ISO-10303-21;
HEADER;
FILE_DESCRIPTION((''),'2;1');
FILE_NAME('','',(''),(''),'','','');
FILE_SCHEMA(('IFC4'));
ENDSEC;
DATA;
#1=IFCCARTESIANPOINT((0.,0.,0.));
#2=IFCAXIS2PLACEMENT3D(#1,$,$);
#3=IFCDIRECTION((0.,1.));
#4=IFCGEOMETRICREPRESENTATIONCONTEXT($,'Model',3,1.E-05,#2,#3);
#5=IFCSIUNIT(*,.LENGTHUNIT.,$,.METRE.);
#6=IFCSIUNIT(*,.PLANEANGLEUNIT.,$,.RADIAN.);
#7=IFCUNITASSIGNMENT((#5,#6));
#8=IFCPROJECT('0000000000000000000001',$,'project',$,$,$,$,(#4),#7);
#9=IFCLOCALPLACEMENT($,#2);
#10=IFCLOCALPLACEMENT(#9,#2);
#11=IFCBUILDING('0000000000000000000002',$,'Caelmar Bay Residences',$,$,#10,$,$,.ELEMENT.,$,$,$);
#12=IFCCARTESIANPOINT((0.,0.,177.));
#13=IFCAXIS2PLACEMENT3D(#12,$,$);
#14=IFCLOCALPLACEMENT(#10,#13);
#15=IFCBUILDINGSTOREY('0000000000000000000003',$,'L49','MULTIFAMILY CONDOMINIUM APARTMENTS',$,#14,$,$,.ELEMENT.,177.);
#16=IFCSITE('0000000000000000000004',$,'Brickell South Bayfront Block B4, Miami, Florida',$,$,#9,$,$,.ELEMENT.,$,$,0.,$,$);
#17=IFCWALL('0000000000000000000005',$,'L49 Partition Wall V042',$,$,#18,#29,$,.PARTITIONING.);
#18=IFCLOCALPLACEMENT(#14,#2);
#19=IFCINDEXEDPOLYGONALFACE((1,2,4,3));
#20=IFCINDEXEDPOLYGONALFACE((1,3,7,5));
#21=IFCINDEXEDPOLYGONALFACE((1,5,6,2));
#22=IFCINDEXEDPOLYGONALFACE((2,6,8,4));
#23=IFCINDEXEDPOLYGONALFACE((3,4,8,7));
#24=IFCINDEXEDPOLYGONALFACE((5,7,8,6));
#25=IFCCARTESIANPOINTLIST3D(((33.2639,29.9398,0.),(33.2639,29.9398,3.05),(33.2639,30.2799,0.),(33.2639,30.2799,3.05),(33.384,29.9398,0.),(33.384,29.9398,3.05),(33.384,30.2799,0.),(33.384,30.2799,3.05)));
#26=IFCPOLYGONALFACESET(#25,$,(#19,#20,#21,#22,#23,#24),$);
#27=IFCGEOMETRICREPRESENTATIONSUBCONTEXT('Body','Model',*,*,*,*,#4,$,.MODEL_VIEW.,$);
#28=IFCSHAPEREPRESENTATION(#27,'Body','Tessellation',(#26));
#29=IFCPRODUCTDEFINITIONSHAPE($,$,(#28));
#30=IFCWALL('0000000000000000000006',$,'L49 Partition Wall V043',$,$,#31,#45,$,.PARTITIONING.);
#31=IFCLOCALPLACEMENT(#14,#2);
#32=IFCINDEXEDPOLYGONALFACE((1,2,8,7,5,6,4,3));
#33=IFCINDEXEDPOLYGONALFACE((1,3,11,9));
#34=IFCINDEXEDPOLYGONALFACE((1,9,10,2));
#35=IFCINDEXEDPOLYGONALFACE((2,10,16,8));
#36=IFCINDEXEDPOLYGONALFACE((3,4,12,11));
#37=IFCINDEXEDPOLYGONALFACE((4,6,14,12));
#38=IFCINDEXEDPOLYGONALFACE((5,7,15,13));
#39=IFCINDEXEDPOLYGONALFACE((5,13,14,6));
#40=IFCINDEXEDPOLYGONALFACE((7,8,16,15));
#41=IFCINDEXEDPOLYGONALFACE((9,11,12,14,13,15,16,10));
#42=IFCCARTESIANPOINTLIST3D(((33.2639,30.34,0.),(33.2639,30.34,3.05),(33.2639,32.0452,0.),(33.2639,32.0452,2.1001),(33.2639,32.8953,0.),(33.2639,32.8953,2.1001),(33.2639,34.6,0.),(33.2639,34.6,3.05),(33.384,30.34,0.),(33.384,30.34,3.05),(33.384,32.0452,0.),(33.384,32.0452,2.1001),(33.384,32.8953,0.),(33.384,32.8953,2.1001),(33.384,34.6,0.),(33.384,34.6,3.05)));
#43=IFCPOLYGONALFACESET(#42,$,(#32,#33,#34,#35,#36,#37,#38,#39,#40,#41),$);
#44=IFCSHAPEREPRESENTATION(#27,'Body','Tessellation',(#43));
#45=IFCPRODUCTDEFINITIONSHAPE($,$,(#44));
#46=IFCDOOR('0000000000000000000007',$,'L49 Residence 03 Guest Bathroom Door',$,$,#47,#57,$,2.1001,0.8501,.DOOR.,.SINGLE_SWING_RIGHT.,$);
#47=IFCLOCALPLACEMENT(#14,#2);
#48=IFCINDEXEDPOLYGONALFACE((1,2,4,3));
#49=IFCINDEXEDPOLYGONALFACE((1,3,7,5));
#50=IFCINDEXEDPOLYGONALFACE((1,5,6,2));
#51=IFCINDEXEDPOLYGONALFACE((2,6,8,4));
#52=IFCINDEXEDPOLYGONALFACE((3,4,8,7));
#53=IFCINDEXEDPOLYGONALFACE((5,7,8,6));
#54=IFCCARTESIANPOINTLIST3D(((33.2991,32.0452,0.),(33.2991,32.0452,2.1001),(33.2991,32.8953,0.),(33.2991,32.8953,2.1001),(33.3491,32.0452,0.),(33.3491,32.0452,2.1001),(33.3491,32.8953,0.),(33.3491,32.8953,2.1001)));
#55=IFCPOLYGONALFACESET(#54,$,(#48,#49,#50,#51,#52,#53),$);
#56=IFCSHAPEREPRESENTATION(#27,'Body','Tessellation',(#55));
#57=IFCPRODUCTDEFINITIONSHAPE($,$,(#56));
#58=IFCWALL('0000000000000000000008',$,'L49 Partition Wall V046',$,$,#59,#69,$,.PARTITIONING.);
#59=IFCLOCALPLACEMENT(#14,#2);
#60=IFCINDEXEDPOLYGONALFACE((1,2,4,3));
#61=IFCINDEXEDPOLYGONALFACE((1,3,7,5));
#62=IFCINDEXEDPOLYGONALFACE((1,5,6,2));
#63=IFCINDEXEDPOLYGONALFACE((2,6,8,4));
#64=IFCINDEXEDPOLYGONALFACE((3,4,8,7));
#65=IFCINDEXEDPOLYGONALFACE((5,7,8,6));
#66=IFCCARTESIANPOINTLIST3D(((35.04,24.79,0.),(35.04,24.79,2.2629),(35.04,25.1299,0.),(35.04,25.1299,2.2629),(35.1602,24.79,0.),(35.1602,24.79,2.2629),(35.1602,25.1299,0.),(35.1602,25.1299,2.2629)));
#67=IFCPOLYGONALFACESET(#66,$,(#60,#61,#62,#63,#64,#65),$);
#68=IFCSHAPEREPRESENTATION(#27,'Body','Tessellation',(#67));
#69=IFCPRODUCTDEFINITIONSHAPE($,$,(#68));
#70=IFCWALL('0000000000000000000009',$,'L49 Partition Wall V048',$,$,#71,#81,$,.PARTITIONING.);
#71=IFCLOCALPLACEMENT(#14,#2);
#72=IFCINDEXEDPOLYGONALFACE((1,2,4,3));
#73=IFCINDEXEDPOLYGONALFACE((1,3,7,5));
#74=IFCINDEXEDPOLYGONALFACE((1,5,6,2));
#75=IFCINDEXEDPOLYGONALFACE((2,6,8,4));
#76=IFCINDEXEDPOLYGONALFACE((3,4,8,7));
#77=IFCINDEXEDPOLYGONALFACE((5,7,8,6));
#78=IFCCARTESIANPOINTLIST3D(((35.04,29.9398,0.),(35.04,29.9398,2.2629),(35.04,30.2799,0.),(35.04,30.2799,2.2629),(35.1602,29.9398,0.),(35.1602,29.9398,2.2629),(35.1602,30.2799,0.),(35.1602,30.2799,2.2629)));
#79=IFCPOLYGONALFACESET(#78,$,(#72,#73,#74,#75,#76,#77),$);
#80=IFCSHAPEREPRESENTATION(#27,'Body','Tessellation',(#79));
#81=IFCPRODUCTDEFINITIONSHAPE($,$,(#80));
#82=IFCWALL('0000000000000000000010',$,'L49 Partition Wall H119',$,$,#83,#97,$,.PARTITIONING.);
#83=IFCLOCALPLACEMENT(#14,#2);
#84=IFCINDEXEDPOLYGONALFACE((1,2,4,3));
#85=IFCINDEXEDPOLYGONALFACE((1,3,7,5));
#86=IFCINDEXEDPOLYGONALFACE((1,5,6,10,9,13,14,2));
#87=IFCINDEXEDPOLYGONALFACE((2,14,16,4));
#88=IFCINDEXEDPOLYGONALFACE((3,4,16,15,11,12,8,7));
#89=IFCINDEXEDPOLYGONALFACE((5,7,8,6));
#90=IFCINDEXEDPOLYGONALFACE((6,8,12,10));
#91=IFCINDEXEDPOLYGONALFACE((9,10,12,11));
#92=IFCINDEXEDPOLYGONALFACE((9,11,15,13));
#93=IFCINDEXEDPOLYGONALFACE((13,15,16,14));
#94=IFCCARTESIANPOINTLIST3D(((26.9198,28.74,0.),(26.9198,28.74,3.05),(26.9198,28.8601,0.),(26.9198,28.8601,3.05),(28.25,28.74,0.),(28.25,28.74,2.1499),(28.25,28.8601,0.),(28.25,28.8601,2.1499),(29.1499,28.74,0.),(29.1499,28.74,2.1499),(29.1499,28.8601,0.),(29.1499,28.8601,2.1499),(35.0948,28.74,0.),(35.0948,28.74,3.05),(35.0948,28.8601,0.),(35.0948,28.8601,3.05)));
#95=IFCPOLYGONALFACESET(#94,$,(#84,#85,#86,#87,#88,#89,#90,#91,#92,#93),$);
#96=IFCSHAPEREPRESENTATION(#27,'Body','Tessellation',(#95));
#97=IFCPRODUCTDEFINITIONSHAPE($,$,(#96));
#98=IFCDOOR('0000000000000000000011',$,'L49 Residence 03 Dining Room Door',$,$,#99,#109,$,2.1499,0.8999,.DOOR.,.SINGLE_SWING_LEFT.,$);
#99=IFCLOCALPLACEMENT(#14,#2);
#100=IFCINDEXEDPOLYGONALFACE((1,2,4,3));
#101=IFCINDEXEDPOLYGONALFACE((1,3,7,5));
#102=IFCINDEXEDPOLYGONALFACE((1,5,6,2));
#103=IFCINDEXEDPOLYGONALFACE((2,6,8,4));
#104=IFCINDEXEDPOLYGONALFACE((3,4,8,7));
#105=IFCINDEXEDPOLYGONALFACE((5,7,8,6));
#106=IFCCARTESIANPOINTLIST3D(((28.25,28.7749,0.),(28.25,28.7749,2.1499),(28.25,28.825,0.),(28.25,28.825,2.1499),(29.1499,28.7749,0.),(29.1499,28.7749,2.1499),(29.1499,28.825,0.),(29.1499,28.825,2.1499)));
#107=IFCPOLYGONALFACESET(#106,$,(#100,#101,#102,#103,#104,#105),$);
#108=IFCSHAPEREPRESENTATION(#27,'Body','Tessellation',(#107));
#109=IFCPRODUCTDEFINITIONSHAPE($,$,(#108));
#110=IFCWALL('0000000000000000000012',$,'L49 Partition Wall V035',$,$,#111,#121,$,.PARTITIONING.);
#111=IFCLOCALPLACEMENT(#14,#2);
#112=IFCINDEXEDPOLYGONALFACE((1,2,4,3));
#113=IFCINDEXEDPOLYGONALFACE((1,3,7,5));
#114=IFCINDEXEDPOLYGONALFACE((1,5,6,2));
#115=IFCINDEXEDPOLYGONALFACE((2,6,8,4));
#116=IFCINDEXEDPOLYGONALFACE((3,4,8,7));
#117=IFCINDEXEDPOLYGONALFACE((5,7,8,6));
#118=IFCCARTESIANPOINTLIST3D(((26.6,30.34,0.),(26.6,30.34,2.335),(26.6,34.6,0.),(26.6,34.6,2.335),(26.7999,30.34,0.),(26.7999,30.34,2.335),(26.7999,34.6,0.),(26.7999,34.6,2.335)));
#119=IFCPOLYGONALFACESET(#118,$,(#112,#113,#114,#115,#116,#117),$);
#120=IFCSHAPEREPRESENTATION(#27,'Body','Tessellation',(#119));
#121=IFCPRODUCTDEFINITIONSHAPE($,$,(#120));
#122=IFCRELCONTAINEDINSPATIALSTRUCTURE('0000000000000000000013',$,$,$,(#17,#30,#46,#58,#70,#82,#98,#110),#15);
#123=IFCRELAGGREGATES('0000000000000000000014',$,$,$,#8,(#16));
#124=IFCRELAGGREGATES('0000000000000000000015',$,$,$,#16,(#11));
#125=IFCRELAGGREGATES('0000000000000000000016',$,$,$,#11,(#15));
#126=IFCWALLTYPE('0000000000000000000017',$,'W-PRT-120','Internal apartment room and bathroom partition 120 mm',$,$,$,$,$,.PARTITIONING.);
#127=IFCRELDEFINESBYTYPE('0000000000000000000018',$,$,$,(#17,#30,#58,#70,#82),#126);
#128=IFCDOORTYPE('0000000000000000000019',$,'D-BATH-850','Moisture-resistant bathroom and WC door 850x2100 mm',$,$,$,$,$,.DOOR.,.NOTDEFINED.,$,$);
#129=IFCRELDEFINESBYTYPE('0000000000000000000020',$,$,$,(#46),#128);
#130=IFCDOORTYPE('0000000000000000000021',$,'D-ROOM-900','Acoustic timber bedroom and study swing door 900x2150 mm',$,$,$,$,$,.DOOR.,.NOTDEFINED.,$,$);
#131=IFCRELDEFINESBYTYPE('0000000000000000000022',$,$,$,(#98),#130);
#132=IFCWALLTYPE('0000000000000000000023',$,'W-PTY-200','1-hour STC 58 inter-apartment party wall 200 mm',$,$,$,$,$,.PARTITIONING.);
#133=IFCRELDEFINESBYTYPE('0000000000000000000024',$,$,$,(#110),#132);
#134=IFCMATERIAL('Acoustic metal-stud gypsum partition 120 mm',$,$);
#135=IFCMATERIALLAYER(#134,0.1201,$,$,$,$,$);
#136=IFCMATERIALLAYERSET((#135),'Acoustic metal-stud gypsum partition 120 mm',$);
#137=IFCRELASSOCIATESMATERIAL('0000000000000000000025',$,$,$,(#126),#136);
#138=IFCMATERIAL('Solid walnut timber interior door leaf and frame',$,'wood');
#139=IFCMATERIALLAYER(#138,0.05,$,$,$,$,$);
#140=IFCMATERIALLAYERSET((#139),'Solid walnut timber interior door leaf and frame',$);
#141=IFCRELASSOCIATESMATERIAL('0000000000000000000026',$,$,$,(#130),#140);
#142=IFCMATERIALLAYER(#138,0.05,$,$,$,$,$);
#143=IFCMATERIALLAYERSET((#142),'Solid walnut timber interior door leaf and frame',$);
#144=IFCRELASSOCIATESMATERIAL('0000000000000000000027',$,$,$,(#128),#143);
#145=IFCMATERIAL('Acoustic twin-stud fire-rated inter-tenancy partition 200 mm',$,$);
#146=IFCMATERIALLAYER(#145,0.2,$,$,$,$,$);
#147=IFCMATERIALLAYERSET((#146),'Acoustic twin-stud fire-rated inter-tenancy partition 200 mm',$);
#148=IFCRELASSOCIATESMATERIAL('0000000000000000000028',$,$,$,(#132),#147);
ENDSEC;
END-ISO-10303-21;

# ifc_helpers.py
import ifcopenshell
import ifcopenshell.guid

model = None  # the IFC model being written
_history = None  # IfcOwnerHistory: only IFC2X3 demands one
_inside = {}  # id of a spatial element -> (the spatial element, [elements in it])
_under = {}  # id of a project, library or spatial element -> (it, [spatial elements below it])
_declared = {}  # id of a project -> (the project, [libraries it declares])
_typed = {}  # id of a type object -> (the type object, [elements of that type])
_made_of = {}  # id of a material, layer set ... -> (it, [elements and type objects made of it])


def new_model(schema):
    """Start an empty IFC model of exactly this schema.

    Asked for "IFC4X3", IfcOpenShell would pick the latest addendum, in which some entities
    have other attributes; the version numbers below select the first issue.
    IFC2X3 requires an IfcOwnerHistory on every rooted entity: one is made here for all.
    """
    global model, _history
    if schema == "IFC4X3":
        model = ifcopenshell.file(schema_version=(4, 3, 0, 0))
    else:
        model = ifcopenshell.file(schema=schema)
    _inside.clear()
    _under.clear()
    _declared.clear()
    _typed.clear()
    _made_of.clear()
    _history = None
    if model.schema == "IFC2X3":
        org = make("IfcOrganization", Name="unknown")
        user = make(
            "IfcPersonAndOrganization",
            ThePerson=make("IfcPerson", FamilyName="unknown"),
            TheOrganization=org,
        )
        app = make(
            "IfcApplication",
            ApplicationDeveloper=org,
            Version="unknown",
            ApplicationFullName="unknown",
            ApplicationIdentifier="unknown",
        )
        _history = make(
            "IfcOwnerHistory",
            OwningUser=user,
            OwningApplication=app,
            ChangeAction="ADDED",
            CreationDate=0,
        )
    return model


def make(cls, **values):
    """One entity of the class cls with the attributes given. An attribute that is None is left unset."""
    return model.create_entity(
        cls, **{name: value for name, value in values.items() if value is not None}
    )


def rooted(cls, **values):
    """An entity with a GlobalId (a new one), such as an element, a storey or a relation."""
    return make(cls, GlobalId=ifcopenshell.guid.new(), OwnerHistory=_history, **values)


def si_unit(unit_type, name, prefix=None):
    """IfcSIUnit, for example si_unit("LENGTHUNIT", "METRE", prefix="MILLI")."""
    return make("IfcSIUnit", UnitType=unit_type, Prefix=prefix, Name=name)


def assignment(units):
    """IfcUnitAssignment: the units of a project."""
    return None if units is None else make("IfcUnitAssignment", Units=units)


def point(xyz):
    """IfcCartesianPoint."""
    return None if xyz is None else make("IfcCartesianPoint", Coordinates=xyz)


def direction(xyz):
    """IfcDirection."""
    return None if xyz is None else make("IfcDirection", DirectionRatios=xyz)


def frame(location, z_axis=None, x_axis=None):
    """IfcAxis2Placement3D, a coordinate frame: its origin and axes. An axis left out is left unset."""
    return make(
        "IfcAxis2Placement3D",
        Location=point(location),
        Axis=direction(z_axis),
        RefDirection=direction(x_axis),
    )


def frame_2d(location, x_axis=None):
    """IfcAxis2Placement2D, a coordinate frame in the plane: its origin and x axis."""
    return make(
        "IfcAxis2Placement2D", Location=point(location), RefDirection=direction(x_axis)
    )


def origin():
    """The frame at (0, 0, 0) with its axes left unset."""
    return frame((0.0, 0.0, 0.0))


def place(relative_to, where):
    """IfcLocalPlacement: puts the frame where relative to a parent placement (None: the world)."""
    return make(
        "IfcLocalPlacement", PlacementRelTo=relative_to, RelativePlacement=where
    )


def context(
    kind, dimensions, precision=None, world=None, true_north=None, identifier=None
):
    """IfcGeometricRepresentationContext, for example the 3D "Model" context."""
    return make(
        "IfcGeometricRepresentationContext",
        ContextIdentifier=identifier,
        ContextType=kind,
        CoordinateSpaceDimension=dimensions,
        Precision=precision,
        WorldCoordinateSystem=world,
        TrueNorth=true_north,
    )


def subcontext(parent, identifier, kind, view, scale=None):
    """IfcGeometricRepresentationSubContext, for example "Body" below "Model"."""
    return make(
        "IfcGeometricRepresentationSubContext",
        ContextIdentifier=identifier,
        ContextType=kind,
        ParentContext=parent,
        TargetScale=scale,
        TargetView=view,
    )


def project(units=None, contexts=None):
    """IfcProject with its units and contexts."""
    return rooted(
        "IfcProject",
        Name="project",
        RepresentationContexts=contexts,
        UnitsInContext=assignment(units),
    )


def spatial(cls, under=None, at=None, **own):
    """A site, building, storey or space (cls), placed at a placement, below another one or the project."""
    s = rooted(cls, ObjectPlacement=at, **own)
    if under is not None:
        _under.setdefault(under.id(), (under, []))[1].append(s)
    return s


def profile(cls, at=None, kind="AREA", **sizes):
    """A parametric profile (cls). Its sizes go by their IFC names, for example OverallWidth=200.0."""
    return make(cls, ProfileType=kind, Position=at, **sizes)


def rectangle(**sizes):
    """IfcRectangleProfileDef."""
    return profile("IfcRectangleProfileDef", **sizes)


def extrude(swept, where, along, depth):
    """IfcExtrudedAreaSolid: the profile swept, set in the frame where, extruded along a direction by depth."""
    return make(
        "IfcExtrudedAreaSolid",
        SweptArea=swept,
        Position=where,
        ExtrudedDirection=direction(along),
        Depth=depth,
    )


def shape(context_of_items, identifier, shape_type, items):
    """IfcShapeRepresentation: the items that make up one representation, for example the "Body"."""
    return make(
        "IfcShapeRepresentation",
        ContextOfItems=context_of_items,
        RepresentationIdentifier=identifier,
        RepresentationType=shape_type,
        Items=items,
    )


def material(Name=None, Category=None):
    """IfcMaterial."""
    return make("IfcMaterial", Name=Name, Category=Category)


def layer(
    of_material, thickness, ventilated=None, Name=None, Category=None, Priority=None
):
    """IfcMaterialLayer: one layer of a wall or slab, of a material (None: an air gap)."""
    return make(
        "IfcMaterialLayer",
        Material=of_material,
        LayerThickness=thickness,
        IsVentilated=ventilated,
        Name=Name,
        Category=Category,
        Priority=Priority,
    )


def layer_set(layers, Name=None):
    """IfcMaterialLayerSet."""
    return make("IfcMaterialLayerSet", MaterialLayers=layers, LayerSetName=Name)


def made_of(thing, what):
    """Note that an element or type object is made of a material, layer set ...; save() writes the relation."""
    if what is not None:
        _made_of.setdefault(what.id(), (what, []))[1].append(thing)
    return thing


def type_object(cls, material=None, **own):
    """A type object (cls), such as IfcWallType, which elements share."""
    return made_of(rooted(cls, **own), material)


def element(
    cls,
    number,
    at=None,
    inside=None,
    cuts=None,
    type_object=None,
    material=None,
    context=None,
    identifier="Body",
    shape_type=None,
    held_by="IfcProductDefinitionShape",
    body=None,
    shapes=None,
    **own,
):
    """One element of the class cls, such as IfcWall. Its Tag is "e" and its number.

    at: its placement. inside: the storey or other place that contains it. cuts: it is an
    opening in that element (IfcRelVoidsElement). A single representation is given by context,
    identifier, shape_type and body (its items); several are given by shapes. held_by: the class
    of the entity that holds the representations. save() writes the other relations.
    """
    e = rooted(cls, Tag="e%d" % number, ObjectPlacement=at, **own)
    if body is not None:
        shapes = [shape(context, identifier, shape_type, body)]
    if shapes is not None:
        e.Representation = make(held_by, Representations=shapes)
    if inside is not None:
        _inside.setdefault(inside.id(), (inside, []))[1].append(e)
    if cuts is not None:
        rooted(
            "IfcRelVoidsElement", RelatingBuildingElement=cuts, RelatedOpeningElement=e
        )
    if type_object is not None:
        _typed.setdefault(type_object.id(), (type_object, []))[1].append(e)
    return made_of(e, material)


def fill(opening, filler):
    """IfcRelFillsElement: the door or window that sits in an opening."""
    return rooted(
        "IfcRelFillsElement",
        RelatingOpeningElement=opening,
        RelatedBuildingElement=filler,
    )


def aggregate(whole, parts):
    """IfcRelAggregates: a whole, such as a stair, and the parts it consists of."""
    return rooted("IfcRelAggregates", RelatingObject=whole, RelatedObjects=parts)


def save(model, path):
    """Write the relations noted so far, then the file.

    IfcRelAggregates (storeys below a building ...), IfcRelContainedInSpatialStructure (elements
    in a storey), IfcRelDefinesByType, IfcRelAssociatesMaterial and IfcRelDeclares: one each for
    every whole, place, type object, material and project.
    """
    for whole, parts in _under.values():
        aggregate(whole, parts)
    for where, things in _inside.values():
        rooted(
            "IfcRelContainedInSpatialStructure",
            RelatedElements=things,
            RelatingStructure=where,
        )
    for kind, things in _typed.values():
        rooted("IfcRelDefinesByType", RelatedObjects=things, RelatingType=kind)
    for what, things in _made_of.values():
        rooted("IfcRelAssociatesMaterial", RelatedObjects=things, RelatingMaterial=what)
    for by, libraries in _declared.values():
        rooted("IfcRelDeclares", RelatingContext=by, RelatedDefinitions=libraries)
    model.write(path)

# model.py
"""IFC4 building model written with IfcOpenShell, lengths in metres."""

from ifc_helpers import new_model, si_unit, direction, frame, frame_2d, origin, place, context, subcontext, project, spatial, rectangle, extrude, material, layer, layer_set, type_object, element, fill, save


model = new_model("IFC4")

# Units and contexts
model_context = context("Model", 3, precision=1e-05, world=origin(), true_north=direction((0.0, 1.0)))
body_context = subcontext(model_context, "Body", "Model", "MODEL_VIEW")
ifc_project = project(units=[si_unit("LENGTHUNIT", "METRE"), si_unit("PLANEANGLEUNIT", "RADIAN")], contexts=[model_context])

# Site, building, storey
site_placement = place(None, origin())
site = spatial("IfcSite", under=ifc_project, at=site_placement, Name="Brickell South Bayfront Block B4, Miami, Florida", CompositionType="ELEMENT", RefElevation=0.0)
building_placement = place(site_placement, origin())
building = spatial("IfcBuilding", under=site, at=building_placement, Name="Caelmar Bay Residences", CompositionType="ELEMENT")
storey_placement = place(building_placement, frame((0.0, 0.0, 177.0)))
storey = spatial("IfcBuildingStorey", under=building, at=storey_placement, Name="L49", Description="MULTIFAMILY CONDOMINIUM APARTMENTS", CompositionType="ELEMENT", Elevation=177.0)

# Shared definitions
ifc_material_1 = material(Name="Acoustic metal-stud gypsum partition 120 mm")
ifc_layer_1 = layer(ifc_material_1, 0.1201)
ifc_layer_set_1 = layer_set([ifc_layer_1], Name="Acoustic metal-stud gypsum partition 120 mm")
wall_type_1 = type_object("IfcWallType", Name="W-PRT-120", Description="Internal apartment room and bathroom partition 120 mm", PredefinedType="PARTITIONING", material=ifc_layer_set_1)

# Shared definitions
ifc_material_2 = material(Name="Solid walnut timber interior door leaf and frame", Category="wood")
ifc_layer_2 = layer(ifc_material_2, 0.05)
ifc_layer_set_2 = layer_set([ifc_layer_2], Name="Solid walnut timber interior door leaf and frame")
door_type_1 = type_object("IfcDoorType", Name="D-ROOM-900", Description="Acoustic timber bedroom and study swing door 900x2150 mm", OperationType="NOTDEFINED", PredefinedType="DOOR", material=ifc_layer_set_2)

# Wall
wall_1_placement = place(storey_placement, frame((33.324, 29.9399, 0.0), z_axis=(0.0, 0.0, 1.0), x_axis=(0.0, 1.0, 0.0)))
element("IfcWall", 1, at=wall_1_placement, inside=storey, type_object=wall_type_1, Name="L49 Partition Wall V042", PredefinedType="PARTITIONING", context=body_context, shape_type="SweptSolid", body=[
    extrude(rectangle(XDim=0.3401, YDim=0.1201, at=frame_2d((0.1699, 0.0))), origin(), (0.0, 0.0, 1.0), 3.05),
])

# Wall, opening, door
wall_2_placement = place(storey_placement, frame((33.324, 30.3401, 0.0), z_axis=(0.0, 0.0, 1.0), x_axis=(0.0, 1.0, 0.0)))
wall_2 = element("IfcWall", 2, at=wall_2_placement, inside=storey, type_object=wall_type_1, Name="L49 Partition Wall V043", PredefinedType="PARTITIONING", context=body_context, shape_type="SweptSolid", body=[
    extrude(rectangle(XDim=4.26, YDim=0.1201, at=frame_2d((2.1299, 0.0))), origin(), (0.0, 0.0, 1.0), 3.05),
])
opening_1_placement = place(wall_2_placement, frame((1.7051, 0.0, 0.0)))
opening_1 = element("IfcOpeningElement", 3, at=opening_1_placement, cuts=wall_2, PredefinedType="OPENING", context=body_context, shape_type="SweptSolid", body=[
    extrude(rectangle(XDim=0.8501, YDim=2.1001, at=frame_2d((0.425, 1.05))), frame((0.0, 0.0701, 0.0), z_axis=(0.0, -1.0, 0.0), x_axis=(1.0, 0.0, 0.0)), (0.0, 0.0, 1.0), 0.1401),
])
ifc_layer_3 = layer(ifc_material_2, 0.05)
ifc_layer_set_3 = layer_set([ifc_layer_3], Name="Solid walnut timber interior door leaf and frame")
door_type_2 = type_object("IfcDoorType", Name="D-BATH-850", Description="Moisture-resistant bathroom and WC door 850x2100 mm", OperationType="NOTDEFINED", PredefinedType="DOOR", material=ifc_layer_set_3)
door_1_placement = place(opening_1_placement, origin())
door_1 = element("IfcDoor", 4, at=door_1_placement, inside=storey, type_object=door_type_2, Name="L49 Residence 03 Guest Bathroom Door", OperationType="SINGLE_SWING_RIGHT", OverallHeight=2.1001, OverallWidth=0.8501, PredefinedType="DOOR", context=body_context, shape_type="SweptSolid", body=[
    extrude(rectangle(XDim=0.8501, YDim=2.1001, at=frame_2d((0.425, 1.05))), frame((0.0, 0.0249, 0.0), z_axis=(0.0, -1.0, 0.0), x_axis=(1.0, 0.0, 0.0)), (0.0, 0.0, 1.0), 0.05),
])
fill(opening_1, door_1)

# Wall
wall_3_placement = place(storey_placement, frame((35.1001, 24.79, 0.0), z_axis=(0.0, 0.0, 1.0), x_axis=(0.0, 1.0, 0.0)))
element("IfcWall", 5, at=wall_3_placement, inside=storey, type_object=wall_type_1, Name="L49 Partition Wall V046", PredefinedType="PARTITIONING", context=body_context, shape_type="SweptSolid", body=[
    extrude(rectangle(XDim=0.3398, YDim=0.1201, at=frame_2d((0.1699, 0.0))), origin(), (0.0, 0.0, 1.0), 2.2629),
])

# Wall
wall_4_placement = place(storey_placement, frame((35.1001, 29.9399, 0.0), z_axis=(0.0, 0.0, 1.0), x_axis=(0.0, 1.0, 0.0)))
element("IfcWall", 6, at=wall_4_placement, inside=storey, type_object=wall_type_1, Name="L49 Partition Wall V048", PredefinedType="PARTITIONING", context=body_context, shape_type="SweptSolid", body=[
    extrude(rectangle(XDim=0.3401, YDim=0.1201, at=frame_2d((0.1699, 0.0))), origin(), (0.0, 0.0, 1.0), 2.2629),
])

# Wall, opening, door
wall_5_placement = place(storey_placement, frame((26.9199, 28.8, 0.0), z_axis=(0.0, 0.0, 1.0), x_axis=(1.0, 0.0, 0.0)))
wall_5 = element("IfcWall", 7, at=wall_5_placement, inside=storey, type_object=wall_type_1, Name="L49 Partition Wall H119", PredefinedType="PARTITIONING", context=body_context, shape_type="SweptSolid", body=[
    extrude(rectangle(XDim=8.175, YDim=0.1201, at=frame_2d((4.0874, 0.0))), origin(), (0.0, 0.0, 1.0), 3.05),
])
opening_2_placement = place(wall_5_placement, frame((1.3301, 0.0, 0.0)))
opening_2 = element("IfcOpeningElement", 8, at=opening_2_placement, cuts=wall_5, PredefinedType="OPENING", context=body_context, shape_type="SweptSolid", body=[
    extrude(rectangle(XDim=0.8999, YDim=2.1499, at=frame_2d((0.45, 1.075))), frame((0.0, 0.0701, 0.0), z_axis=(0.0, -1.0, 0.0), x_axis=(1.0, 0.0, 0.0)), (0.0, 0.0, 1.0), 0.1401),
])
door_2_placement = place(opening_2_placement, origin())
door_2 = element("IfcDoor", 9, at=door_2_placement, inside=storey, type_object=door_type_1, Name="L49 Residence 03 Dining Room Door", OperationType="SINGLE_SWING_LEFT", OverallHeight=2.1499, OverallWidth=0.8999, PredefinedType="DOOR", context=body_context, shape_type="SweptSolid", body=[
    extrude(rectangle(XDim=0.8999, YDim=2.1499, at=frame_2d((0.45, 1.075))), frame((0.0, 0.0249, 0.0), z_axis=(0.0, -1.0, 0.0), x_axis=(1.0, 0.0, 0.0)), (0.0, 0.0, 1.0), 0.05),
])
fill(opening_2, door_2)

# Wall
ifc_material_3 = material(Name="Acoustic twin-stud fire-rated inter-tenancy partition 200 mm")
ifc_layer_4 = layer(ifc_material_3, 0.2)
ifc_layer_set_4 = layer_set([ifc_layer_4], Name="Acoustic twin-stud fire-rated inter-tenancy partition 200 mm")
wall_type_2 = type_object("IfcWallType", Name="W-PTY-200", Description="1-hour STC 58 inter-apartment party wall 200 mm", PredefinedType="PARTITIONING", material=ifc_layer_set_4)
wall_6_placement = place(storey_placement, frame((26.7, 30.3401, 0.0), z_axis=(0.0, 0.0, 1.0), x_axis=(0.0, 1.0, 0.0)))
element("IfcWall", 10, at=wall_6_placement, inside=storey, type_object=wall_type_2, Name="L49 Partition Wall V035", PredefinedType="PARTITIONING", context=body_context, shape_type="SweptSolid", body=[
    extrude(rectangle(XDim=4.26, YDim=0.2, at=frame_2d((2.1299, 0.0))), origin(), (0.0, 0.0, 1.0), 2.335),
])

save(model, "model.ifc")
